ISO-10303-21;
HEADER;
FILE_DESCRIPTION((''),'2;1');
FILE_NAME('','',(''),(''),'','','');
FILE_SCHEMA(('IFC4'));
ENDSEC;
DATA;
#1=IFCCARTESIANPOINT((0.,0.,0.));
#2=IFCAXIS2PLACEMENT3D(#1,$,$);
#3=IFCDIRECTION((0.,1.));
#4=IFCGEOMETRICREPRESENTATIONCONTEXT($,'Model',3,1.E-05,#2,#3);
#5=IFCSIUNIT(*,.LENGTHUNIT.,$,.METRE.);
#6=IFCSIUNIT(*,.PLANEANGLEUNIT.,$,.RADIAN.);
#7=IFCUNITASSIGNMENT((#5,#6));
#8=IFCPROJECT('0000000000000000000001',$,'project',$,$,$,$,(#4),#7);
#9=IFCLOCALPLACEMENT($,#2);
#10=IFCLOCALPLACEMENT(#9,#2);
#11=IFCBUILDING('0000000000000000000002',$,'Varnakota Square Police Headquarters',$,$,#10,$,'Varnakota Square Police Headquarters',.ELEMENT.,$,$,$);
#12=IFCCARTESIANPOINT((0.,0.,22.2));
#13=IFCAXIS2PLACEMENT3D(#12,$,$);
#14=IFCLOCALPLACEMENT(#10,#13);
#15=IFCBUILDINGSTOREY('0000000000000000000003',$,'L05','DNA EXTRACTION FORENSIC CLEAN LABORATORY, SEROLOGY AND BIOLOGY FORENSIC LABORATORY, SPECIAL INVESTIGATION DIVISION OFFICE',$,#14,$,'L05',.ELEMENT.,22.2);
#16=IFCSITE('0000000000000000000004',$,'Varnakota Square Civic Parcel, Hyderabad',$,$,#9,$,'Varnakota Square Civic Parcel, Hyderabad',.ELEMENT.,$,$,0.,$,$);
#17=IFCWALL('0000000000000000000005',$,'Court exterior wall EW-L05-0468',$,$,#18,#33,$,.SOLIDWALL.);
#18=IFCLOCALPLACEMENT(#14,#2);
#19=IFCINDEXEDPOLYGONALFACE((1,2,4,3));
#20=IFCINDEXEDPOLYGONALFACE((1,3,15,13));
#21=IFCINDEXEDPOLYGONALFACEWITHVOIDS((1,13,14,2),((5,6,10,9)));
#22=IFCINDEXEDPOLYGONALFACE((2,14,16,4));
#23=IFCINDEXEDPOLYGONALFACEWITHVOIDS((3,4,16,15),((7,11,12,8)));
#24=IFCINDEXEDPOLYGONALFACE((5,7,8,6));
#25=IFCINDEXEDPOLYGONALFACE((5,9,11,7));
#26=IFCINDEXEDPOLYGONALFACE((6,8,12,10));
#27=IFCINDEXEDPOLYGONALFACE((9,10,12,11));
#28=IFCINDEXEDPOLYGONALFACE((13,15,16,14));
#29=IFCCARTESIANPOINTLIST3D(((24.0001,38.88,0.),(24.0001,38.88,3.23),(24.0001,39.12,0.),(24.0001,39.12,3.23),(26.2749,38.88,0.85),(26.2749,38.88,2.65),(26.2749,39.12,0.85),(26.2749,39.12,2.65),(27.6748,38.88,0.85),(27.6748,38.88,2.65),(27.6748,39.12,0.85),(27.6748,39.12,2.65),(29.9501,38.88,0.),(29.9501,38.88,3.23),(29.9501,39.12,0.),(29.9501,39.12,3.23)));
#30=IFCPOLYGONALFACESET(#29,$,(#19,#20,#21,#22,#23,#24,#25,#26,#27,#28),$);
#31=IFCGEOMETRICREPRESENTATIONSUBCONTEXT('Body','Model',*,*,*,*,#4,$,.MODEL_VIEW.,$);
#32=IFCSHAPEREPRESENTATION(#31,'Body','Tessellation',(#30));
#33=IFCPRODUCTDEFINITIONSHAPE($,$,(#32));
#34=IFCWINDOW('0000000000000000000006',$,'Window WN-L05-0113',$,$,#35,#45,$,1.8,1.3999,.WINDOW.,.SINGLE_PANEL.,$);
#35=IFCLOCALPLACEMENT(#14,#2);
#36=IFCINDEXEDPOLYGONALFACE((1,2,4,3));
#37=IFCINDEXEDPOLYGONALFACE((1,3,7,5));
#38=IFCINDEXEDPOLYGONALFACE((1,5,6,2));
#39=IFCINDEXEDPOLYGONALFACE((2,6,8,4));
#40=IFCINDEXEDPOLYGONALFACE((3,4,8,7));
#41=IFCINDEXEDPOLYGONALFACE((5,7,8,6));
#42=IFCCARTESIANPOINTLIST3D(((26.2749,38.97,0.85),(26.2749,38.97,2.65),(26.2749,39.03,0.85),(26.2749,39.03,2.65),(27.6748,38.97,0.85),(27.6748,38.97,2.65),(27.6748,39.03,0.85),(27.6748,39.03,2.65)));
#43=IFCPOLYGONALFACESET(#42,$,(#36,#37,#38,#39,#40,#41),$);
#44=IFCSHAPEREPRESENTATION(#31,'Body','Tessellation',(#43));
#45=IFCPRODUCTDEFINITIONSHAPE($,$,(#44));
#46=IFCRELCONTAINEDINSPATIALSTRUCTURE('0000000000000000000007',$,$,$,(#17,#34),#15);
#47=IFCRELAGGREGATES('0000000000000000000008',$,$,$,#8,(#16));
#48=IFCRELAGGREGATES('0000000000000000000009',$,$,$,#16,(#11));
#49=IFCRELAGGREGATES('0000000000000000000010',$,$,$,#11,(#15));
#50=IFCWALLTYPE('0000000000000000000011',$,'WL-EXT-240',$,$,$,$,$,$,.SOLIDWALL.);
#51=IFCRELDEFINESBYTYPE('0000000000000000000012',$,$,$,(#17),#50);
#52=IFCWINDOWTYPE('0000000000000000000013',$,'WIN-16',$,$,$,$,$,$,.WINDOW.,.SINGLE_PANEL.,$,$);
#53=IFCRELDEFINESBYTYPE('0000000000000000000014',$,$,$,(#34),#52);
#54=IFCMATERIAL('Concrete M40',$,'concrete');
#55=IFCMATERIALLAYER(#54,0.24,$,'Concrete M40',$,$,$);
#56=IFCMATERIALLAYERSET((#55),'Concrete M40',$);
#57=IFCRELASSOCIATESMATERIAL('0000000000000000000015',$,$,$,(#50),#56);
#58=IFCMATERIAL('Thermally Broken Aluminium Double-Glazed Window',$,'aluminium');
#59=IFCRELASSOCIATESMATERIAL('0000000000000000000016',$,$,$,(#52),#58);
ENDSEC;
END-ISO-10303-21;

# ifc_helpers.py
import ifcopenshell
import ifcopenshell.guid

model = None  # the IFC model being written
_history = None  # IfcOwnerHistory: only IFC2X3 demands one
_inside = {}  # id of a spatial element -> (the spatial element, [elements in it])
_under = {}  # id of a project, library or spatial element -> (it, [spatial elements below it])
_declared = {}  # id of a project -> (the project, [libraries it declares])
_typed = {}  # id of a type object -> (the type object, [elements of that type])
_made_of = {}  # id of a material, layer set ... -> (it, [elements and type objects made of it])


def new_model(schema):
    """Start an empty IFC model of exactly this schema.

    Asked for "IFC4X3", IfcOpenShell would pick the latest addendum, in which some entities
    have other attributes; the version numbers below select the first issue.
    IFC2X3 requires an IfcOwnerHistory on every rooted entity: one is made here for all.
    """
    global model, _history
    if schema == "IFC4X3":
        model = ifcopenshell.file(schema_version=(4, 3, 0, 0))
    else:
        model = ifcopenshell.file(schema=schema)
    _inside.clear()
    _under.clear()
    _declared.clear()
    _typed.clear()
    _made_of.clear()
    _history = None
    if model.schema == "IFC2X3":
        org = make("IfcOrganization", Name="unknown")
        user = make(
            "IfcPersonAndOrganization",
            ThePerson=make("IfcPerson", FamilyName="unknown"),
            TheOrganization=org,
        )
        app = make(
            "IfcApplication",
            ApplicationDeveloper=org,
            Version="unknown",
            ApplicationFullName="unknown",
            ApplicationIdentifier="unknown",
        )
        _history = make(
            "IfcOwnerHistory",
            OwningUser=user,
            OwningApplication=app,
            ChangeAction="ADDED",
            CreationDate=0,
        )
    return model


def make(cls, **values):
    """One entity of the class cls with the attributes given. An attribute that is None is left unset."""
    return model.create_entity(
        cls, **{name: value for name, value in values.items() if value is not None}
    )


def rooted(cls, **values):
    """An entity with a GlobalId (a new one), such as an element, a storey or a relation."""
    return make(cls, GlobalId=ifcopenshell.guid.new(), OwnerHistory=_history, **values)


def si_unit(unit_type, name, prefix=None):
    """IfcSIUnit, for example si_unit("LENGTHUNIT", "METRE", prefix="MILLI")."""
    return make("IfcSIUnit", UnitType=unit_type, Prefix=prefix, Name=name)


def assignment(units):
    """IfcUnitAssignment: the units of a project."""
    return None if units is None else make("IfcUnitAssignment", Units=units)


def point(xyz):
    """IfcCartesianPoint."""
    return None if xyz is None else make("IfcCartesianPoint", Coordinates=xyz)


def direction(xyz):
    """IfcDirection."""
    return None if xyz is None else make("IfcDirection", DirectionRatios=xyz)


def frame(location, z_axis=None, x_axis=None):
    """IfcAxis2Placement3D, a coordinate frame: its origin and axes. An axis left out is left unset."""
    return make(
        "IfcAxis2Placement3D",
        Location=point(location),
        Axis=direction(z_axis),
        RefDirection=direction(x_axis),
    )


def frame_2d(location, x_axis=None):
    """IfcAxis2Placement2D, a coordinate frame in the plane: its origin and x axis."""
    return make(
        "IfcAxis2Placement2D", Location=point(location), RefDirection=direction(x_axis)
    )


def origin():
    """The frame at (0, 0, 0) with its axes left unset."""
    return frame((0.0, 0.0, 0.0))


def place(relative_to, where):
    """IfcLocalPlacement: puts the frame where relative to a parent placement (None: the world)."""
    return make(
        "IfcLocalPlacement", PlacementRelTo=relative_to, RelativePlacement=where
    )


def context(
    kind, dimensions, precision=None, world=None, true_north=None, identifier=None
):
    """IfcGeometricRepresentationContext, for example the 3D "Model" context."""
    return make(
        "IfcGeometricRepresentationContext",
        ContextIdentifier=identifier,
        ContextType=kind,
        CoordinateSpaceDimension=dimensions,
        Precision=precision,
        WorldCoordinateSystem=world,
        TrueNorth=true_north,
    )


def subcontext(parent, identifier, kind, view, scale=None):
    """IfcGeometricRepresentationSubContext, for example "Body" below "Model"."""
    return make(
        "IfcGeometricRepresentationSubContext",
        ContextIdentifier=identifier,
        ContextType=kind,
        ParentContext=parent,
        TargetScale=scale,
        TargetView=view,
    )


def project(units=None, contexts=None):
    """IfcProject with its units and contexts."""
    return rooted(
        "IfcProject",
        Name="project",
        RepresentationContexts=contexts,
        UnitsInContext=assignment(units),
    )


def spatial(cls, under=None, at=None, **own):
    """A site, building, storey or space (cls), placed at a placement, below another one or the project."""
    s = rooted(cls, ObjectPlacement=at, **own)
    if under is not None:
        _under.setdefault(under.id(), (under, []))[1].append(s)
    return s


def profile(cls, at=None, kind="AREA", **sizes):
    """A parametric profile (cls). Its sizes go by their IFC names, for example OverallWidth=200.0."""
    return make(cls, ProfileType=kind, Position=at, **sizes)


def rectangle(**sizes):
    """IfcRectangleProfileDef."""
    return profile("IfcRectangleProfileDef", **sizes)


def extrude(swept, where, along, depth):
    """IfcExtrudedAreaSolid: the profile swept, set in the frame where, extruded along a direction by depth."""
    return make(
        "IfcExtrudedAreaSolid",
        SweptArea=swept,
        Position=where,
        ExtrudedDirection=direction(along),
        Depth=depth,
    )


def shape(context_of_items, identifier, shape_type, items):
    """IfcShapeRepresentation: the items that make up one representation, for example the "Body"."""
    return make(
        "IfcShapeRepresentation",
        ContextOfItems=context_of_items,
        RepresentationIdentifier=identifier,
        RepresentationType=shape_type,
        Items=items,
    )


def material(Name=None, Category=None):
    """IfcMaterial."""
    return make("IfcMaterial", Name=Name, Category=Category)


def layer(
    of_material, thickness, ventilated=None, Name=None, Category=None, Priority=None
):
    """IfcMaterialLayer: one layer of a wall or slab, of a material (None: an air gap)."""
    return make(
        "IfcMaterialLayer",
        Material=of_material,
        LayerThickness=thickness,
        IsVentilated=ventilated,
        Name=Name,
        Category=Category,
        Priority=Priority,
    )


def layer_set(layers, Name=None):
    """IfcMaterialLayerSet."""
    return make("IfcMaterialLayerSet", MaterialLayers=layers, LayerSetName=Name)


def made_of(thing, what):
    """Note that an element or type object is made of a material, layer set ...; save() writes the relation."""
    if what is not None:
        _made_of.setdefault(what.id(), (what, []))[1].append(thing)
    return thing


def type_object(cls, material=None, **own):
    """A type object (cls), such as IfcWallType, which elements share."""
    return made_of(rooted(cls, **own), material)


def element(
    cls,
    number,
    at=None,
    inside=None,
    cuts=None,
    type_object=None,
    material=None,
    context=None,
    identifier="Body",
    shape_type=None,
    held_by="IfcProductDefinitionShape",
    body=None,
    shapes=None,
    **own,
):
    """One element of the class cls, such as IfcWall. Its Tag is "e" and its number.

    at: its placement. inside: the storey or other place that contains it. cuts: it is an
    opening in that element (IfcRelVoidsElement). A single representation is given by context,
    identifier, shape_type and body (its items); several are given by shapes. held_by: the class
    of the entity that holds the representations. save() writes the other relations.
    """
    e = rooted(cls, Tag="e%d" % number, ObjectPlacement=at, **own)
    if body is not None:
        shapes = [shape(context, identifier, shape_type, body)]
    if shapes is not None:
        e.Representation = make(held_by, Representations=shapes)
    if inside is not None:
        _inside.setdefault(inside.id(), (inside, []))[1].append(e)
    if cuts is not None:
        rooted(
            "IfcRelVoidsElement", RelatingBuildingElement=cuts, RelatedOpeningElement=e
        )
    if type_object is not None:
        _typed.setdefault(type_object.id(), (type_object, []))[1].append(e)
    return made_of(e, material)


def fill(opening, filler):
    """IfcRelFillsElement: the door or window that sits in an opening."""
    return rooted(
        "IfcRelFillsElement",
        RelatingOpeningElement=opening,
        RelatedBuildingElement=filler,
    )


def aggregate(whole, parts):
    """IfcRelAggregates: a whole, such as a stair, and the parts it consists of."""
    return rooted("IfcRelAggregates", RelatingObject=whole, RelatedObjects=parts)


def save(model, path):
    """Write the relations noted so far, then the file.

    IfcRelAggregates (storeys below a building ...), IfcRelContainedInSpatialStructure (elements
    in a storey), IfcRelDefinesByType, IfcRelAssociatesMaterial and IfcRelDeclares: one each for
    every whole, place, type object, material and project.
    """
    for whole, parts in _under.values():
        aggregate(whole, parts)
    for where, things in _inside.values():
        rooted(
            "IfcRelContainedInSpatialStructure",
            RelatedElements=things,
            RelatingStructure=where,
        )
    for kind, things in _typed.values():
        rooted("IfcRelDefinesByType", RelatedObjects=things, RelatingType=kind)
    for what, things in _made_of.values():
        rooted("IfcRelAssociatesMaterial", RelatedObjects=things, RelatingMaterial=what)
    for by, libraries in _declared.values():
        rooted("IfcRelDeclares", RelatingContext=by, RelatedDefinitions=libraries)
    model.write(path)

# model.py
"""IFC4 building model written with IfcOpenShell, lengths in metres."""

from ifc_helpers import new_model, si_unit, direction, frame, frame_2d, origin, place, context, subcontext, project, spatial, rectangle, extrude, material, layer, layer_set, type_object, element, fill, save


model = new_model("IFC4")

# Units and contexts
model_context = context("Model", 3, precision=1e-05, world=origin(), true_north=direction((0.0, 1.0)))
body_context = subcontext(model_context, "Body", "Model", "MODEL_VIEW")
ifc_project = project(units=[si_unit("LENGTHUNIT", "METRE"), si_unit("PLANEANGLEUNIT", "RADIAN")], contexts=[model_context])

# Site, building, storey
site_placement = place(None, origin())
site = spatial("IfcSite", under=ifc_project, at=site_placement, Name="Varnakota Square Civic Parcel, Hyderabad", LongName="Varnakota Square Civic Parcel, Hyderabad", CompositionType="ELEMENT", RefElevation=0.0)
building_placement = place(site_placement, origin())
building = spatial("IfcBuilding", under=site, at=building_placement, Name="Varnakota Square Police Headquarters", LongName="Varnakota Square Police Headquarters", CompositionType="ELEMENT")
storey_placement = place(building_placement, frame((0.0, 0.0, 22.2)))
storey = spatial("IfcBuildingStorey", under=building, at=storey_placement, Name="L05", Description="DNA EXTRACTION FORENSIC CLEAN LABORATORY, SEROLOGY AND BIOLOGY FORENSIC LABORATORY, SPECIAL INVESTIGATION DIVISION OFFICE", LongName="L05", CompositionType="ELEMENT", Elevation=22.2)

# Wall, opening, window
ifc_material_1 = material(Name="Concrete M40", Category="concrete")
ifc_layer_1 = layer(ifc_material_1, 0.24, Name="Concrete M40")
ifc_layer_set_1 = layer_set([ifc_layer_1], Name="Concrete M40")
wall_type = type_object("IfcWallType", Name="WL-EXT-240", PredefinedType="SOLIDWALL", material=ifc_layer_set_1)
ifc_material_2 = material(Name="Thermally Broken Aluminium Double-Glazed Window", Category="aluminium")
window_type = type_object("IfcWindowType", Name="WIN-16", PartitioningType="SINGLE_PANEL", PredefinedType="WINDOW", material=ifc_material_2)
wall_1_placement = place(storey_placement, frame((24.0, 39.0, 0.0), z_axis=(0.0, 0.0, 1.0), x_axis=(1.0, 0.0, 0.0)))
wall_1 = element("IfcWall", 1, at=wall_1_placement, inside=storey, type_object=wall_type, Name="Court exterior wall EW-L05-0468", PredefinedType="SOLIDWALL", context=body_context, shape_type="SweptSolid", body=[
    extrude(rectangle(XDim=5.95, YDim=0.24, at=frame_2d((2.9751, 0.0))), origin(), (0.0, 0.0, 1.0), 3.23),
])
opening_1_placement = place(wall_1_placement, frame((2.2749, 0.0, 0.8501)))
opening_1 = element("IfcOpeningElement", 2, at=opening_1_placement, cuts=wall_1, PredefinedType="OPENING", context=body_context, shape_type="SweptSolid", body=[
    extrude(rectangle(XDim=1.3999, YDim=1.8, at=frame_2d((0.7, 0.8999))), frame((0.0, 0.1299, 0.0), z_axis=(0.0, -1.0, 0.0), x_axis=(1.0, 0.0, 0.0)), (0.0, 0.0, 1.0), 0.26),
])
window_1_placement = place(opening_1_placement, origin())
window_1 = element("IfcWindow", 3, at=window_1_placement, inside=storey, type_object=window_type, Name="Window WN-L05-0113", OverallHeight=1.8, OverallWidth=1.3999, PartitioningType="SINGLE_PANEL", PredefinedType="WINDOW", context=body_context, shape_type="SweptSolid", body=[
    extrude(rectangle(XDim=1.3999, YDim=1.8, at=frame_2d((0.7, 0.8999))), frame((0.0, 0.03, 0.0), z_axis=(0.0, -1.0, 0.0), x_axis=(1.0, 0.0, 0.0)), (0.0, 0.0, 1.0), 0.0601),
])
fill(opening_1, window_1)

save(model, "model.ifc")
